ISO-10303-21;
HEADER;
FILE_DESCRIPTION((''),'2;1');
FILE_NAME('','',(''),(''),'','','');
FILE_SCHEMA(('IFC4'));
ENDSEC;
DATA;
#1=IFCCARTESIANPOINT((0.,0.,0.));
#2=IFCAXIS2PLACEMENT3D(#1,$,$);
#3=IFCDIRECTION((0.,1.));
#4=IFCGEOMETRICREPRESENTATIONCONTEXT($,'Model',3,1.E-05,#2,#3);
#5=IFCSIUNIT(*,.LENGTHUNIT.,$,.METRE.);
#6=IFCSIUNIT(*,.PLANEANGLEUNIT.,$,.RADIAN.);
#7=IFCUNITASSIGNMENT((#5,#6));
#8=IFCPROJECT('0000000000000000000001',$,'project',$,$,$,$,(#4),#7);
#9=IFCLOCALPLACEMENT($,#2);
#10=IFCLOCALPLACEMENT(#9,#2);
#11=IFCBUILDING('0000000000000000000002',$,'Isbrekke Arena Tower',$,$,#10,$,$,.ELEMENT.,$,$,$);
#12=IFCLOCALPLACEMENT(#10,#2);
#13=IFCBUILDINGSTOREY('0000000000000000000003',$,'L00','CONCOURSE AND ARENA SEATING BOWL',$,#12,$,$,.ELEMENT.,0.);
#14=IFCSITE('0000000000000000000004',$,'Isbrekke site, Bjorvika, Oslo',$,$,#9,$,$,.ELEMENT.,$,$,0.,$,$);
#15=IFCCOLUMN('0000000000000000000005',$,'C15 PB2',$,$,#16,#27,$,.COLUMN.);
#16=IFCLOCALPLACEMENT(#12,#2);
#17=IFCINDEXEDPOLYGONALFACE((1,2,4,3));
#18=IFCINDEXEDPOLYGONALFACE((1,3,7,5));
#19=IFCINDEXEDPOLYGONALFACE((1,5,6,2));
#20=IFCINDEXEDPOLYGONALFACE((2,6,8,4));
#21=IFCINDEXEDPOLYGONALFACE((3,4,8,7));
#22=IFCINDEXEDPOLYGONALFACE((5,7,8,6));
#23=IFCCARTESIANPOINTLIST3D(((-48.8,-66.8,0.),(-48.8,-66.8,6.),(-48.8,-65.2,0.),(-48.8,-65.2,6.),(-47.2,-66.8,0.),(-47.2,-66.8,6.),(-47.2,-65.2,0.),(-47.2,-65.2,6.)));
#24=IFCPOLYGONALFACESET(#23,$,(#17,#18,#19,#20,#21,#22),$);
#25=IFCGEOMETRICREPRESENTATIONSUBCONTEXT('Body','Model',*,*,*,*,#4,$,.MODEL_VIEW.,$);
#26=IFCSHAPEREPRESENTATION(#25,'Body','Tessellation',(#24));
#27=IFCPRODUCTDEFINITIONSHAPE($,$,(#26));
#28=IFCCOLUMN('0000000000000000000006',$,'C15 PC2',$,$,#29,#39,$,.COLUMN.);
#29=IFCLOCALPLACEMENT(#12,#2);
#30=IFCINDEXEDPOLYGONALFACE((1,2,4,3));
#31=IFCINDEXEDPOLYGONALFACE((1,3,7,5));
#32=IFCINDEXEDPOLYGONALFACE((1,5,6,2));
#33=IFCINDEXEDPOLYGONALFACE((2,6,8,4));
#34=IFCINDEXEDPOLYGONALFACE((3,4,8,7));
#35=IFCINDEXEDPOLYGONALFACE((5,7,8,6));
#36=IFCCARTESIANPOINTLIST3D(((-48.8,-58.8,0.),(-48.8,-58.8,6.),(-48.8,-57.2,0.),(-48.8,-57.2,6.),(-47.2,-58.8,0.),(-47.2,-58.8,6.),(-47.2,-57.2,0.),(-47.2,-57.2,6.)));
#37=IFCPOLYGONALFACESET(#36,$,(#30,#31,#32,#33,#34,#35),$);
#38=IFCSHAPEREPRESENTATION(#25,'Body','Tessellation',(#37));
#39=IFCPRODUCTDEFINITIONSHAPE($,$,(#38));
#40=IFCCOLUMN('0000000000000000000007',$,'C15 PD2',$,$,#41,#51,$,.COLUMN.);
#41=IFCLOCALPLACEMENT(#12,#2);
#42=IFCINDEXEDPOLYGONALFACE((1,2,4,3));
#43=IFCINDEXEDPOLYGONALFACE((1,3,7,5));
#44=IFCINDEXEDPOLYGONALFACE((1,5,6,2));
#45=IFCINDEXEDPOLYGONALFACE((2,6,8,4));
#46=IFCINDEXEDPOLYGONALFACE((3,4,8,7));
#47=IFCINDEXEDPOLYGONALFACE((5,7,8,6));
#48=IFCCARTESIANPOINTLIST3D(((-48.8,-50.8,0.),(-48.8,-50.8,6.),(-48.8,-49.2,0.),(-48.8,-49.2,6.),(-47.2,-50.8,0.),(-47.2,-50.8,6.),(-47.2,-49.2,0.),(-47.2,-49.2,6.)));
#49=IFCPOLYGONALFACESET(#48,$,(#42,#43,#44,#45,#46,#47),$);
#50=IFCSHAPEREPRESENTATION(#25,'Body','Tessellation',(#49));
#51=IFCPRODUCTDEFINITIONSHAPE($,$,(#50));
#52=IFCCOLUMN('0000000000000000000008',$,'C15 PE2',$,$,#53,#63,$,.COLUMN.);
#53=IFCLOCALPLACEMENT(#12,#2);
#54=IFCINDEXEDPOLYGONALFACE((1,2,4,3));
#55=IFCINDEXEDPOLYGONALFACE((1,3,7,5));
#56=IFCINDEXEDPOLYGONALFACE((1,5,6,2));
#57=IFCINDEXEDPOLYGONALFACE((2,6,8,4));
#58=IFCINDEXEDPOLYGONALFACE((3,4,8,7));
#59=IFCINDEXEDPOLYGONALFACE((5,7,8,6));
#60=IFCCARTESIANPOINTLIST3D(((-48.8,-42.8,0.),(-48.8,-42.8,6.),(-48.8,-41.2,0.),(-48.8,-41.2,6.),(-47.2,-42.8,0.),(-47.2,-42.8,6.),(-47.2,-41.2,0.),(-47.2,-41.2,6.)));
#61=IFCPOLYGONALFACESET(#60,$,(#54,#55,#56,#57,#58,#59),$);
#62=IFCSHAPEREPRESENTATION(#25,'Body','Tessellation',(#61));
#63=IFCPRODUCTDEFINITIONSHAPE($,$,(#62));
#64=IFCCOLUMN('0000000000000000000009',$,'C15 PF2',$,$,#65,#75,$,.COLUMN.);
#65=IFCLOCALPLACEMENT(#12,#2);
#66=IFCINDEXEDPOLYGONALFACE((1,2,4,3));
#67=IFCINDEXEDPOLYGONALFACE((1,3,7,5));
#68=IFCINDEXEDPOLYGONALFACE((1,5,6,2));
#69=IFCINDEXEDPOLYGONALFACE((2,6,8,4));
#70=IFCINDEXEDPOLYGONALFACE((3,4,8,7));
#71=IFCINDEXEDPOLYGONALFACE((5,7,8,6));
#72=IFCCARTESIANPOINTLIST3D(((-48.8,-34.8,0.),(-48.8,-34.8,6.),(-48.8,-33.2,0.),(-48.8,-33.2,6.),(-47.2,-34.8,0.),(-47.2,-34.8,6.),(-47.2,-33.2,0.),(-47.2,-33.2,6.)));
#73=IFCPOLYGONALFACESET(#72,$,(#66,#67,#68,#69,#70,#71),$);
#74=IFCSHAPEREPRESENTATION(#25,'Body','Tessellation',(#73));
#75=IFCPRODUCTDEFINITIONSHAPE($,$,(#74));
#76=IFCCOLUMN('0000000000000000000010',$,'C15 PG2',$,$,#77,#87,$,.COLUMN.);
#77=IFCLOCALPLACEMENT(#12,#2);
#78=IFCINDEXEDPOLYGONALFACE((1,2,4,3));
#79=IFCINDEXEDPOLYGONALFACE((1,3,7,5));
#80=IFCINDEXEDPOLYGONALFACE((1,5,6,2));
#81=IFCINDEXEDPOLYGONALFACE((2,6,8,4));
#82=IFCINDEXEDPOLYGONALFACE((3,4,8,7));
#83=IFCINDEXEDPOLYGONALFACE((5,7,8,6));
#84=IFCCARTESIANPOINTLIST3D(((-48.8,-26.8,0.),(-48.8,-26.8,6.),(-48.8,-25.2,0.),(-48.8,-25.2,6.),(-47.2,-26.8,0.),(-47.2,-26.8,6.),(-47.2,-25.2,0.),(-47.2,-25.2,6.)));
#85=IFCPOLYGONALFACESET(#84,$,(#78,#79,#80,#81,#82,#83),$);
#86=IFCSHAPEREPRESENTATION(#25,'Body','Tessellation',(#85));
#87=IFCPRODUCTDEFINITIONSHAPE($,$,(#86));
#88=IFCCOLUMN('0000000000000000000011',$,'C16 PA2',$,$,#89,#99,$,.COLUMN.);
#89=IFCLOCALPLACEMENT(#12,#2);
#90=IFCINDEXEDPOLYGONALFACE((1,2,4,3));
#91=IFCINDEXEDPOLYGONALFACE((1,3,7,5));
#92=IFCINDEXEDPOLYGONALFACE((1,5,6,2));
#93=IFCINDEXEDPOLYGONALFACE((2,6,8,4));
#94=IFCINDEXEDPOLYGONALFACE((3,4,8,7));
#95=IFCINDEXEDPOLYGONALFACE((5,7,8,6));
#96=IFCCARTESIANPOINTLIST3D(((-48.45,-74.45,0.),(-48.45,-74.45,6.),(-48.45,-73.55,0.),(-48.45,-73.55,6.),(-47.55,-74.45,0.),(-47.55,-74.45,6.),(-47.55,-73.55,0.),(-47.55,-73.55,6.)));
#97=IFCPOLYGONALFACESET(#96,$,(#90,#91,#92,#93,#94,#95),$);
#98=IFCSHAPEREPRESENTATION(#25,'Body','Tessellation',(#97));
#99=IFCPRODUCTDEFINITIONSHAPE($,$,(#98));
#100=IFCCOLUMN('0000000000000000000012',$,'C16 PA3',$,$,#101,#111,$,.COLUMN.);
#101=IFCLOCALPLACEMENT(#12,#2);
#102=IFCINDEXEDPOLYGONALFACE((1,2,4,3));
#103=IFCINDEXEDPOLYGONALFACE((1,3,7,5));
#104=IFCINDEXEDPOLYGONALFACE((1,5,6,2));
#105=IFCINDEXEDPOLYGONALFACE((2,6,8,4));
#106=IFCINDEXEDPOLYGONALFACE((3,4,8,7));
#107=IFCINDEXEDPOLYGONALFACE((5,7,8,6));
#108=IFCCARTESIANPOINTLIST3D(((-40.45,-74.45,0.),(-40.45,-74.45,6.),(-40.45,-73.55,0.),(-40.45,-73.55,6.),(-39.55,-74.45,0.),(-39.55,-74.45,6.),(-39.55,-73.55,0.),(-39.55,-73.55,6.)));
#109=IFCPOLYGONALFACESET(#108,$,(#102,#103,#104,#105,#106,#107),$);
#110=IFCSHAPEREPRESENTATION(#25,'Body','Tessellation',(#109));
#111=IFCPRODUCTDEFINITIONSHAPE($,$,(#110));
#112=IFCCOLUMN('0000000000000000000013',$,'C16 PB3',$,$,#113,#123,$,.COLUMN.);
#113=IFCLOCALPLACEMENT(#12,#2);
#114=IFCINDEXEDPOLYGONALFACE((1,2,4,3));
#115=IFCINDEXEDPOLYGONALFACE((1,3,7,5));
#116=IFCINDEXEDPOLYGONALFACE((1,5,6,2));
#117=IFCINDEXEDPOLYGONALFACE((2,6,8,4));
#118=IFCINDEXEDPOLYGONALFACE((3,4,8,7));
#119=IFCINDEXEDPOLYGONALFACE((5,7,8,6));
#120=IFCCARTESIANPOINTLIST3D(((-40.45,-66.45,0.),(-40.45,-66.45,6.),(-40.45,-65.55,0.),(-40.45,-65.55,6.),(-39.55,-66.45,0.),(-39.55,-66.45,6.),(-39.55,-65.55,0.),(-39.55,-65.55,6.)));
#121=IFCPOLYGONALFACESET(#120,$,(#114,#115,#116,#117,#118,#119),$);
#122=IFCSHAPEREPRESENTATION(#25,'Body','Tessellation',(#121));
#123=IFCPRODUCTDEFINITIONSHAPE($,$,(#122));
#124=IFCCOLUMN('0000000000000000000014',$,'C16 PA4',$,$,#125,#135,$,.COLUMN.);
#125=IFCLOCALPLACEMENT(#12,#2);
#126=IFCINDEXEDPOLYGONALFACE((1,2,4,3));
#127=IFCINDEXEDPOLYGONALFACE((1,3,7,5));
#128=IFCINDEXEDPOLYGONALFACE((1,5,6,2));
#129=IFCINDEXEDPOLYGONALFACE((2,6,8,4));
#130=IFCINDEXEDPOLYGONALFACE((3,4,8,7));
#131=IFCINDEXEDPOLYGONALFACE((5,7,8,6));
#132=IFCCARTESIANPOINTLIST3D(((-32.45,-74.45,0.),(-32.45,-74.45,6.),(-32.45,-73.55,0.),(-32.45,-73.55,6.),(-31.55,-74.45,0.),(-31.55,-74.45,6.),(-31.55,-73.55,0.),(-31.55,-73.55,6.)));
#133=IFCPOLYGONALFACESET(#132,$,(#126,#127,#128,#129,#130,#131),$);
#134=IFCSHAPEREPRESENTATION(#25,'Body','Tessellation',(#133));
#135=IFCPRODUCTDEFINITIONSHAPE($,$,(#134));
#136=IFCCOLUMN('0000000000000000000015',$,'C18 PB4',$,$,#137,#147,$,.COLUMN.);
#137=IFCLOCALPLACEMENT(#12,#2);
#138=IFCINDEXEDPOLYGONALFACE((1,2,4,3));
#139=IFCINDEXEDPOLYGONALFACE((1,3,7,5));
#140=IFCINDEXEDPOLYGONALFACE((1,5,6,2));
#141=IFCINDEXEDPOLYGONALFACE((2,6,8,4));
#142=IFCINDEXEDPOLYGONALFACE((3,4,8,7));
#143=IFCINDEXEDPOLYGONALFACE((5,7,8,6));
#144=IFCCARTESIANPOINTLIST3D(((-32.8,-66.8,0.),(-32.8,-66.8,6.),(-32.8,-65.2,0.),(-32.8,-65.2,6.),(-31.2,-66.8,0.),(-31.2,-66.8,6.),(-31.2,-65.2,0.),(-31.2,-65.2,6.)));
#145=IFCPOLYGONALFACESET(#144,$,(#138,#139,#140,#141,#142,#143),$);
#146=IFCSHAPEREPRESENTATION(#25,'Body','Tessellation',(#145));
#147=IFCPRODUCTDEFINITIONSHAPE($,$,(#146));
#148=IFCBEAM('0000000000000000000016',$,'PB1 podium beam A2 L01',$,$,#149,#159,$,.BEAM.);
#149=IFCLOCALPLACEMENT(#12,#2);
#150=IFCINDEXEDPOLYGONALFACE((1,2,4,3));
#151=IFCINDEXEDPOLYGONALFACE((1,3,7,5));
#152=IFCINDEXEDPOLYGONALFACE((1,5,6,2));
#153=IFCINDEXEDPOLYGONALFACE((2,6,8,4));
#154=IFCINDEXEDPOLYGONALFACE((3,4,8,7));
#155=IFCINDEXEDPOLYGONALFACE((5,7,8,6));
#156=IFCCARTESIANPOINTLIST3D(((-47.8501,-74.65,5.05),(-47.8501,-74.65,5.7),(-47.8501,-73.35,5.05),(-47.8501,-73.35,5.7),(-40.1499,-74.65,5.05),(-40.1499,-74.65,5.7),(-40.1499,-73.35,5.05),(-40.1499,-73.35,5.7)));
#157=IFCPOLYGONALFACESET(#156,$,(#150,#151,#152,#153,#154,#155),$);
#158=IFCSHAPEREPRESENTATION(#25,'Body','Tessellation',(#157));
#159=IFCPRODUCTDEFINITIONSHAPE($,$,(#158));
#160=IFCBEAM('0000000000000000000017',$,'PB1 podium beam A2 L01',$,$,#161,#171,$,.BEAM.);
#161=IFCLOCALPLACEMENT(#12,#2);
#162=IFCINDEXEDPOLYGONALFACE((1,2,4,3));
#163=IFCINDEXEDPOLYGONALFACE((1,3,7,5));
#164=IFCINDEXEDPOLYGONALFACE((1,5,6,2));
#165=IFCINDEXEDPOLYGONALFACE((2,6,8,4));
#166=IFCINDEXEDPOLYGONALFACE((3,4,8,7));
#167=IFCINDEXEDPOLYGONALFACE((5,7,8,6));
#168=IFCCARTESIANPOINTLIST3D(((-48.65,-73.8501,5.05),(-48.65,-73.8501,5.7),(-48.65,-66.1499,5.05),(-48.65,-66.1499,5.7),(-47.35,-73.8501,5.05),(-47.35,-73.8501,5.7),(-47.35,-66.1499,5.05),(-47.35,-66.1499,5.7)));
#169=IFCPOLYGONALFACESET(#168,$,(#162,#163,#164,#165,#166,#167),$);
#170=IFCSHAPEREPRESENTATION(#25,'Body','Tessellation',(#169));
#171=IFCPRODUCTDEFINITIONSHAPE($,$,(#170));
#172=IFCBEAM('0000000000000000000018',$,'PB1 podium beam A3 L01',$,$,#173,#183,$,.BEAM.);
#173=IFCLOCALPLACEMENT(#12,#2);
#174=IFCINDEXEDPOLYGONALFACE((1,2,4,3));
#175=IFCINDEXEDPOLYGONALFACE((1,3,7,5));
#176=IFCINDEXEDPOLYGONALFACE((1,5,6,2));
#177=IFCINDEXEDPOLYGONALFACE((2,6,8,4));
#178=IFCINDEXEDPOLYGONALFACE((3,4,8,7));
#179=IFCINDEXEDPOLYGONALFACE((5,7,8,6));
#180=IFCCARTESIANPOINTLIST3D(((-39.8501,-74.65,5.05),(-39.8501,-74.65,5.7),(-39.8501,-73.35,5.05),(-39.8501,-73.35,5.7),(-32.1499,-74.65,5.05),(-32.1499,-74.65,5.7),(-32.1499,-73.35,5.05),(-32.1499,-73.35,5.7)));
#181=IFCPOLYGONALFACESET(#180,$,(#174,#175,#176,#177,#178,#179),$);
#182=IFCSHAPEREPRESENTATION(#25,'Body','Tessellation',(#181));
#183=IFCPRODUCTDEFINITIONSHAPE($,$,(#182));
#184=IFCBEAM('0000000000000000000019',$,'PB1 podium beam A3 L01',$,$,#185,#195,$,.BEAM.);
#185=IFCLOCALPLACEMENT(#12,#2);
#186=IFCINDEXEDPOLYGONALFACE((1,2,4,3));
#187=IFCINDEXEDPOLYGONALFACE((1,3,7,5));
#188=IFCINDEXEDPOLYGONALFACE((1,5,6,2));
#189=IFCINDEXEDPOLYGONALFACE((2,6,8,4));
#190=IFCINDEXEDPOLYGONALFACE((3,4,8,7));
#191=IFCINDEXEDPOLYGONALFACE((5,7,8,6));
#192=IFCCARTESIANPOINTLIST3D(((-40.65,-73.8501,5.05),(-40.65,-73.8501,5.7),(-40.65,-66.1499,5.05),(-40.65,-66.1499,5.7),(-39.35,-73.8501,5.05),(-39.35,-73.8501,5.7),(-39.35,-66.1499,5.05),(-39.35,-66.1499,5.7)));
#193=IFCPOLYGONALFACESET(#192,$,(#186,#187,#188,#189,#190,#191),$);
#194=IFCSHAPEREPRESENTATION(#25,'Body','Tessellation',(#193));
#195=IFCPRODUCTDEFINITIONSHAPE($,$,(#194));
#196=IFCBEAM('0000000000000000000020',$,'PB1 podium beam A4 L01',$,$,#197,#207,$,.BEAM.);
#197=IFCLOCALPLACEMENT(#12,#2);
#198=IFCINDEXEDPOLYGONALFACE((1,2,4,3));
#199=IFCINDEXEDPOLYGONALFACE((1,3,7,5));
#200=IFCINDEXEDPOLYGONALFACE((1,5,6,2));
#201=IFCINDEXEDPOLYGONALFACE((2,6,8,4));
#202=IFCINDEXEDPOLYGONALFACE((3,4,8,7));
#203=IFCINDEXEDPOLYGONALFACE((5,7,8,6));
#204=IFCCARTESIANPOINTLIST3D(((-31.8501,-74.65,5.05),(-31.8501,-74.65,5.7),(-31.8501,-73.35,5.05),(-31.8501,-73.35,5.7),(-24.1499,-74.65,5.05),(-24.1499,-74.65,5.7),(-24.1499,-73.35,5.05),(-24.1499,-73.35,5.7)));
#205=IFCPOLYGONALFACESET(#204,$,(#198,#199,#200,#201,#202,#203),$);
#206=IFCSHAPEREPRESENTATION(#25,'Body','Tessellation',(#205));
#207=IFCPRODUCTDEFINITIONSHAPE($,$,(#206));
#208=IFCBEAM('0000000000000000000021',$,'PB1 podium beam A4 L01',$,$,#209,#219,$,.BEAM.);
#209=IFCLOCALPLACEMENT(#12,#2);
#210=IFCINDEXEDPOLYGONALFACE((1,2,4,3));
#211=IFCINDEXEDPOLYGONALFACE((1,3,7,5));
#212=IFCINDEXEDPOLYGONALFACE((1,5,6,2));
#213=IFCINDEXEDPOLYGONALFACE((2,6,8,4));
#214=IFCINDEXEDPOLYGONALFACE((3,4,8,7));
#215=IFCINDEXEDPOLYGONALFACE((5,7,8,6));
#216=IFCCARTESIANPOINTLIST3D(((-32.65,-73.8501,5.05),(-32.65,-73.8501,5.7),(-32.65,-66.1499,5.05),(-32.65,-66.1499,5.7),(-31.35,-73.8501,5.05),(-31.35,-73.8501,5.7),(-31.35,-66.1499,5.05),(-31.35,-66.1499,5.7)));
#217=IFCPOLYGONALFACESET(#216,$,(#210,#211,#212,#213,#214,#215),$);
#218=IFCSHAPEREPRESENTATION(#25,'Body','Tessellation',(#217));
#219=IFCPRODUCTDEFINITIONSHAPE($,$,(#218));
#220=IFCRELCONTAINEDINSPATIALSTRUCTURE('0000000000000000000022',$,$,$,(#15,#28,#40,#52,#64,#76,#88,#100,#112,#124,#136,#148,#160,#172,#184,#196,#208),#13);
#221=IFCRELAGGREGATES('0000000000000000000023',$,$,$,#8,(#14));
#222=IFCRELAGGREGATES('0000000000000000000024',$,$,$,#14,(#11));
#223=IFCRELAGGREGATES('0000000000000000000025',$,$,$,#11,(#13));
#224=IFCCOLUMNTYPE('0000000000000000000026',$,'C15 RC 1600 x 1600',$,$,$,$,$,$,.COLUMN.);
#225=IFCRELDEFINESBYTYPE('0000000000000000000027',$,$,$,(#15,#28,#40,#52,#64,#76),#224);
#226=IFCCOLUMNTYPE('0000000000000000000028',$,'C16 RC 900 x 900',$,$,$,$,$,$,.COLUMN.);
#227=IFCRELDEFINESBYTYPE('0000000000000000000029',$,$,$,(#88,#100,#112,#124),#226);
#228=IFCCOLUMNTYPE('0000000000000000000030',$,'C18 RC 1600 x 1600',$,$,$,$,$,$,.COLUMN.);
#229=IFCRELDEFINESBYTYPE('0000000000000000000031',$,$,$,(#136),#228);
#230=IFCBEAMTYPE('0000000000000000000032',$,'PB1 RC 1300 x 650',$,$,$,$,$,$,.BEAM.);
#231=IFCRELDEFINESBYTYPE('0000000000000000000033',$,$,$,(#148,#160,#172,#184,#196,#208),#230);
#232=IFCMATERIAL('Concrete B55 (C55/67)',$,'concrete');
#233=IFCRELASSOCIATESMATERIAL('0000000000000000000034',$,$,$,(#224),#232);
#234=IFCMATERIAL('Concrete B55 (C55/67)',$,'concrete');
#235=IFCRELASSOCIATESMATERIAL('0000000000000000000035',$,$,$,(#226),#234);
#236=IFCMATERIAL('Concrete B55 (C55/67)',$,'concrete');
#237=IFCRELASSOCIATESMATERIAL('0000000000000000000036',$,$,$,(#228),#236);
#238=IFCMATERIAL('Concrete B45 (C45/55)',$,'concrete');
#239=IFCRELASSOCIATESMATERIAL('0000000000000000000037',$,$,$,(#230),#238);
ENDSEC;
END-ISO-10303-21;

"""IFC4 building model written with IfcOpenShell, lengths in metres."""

from ifc_helpers import new_model, si_unit, direction, frame, origin, origin_2d, place, context, subcontext, project, spatial, rectangle, extrude, material, material_profile, profile_set, type_object, element, save


model = new_model("IFC4")

# Units and contexts
model_context = context("Model", 3, precision=1e-05, world=origin(), true_north=direction((0.0, 1.0)))
body_context = subcontext(model_context, "Body", "Model", "MODEL_VIEW")
ifc_project = project(units=[si_unit("LENGTHUNIT", "METRE"), si_unit("PLANEANGLEUNIT", "RADIAN")], contexts=[model_context])

# Site, building, storey
site_placement = place(None, origin())
site = spatial("IfcSite", under=ifc_project, at=site_placement, Name="Isbrekke site, Bjorvika, Oslo", CompositionType="ELEMENT", RefElevation=0.0)
building_placement = place(site_placement, origin())
building = spatial("IfcBuilding", under=site, at=building_placement, Name="Isbrekke Arena Tower", CompositionType="ELEMENT")
storey_placement = place(building_placement, origin())
storey = spatial("IfcBuildingStorey", under=building, at=storey_placement, Name="L00", Description="CONCOURSE AND ARENA SEATING BOWL", CompositionType="ELEMENT", Elevation=0.0)

# Columns
ifc_material_1 = material(Name="Concrete B55 (C55/67)", Category="concrete")
ifc_material_profile_1 = material_profile(ifc_material_1, rectangle(XDim=1.6001, YDim=1.6001, at=origin_2d()), Name="RC 1600x1600")
ifc_profile_set_1 = profile_set([ifc_material_profile_1], Name="Concrete B55 (C55/67)")
column_type_1 = type_object("IfcColumnType", Name="C15 RC 1600 x 1600", PredefinedType="COLUMN", material=ifc_profile_set_1)
for number, where, z_axis, x_axis, name in (
    (1, (-48.0, -66.0, 0.0), (0.0, 0.0, 1.0), (1.0, 0.0, 0.0), "C15 PB2"),
    (2, (-48.0, -58.0, 0.0), (0.0, 0.0, 1.0), (1.0, 0.0, 0.0), "C15 PC2"),
    (3, (-48.0, -50.0, 0.0), (0.0, 0.0, 1.0), (1.0, 0.0, 0.0), "C15 PD2"),
    (4, (-48.0, -42.0, 0.0), (0.0, 0.0, 1.0), (1.0, 0.0, 0.0), "C15 PE2"),
    (5, (-48.0, -34.0, 0.0), (0.0, 0.0, 1.0), (1.0, 0.0, 0.0), "C15 PF2"),
    (6, (-48.0, -26.0, 0.0), (0.0, 0.0, 1.0), (1.0, 0.0, 0.0), "C15 PG2"),
):
    element("IfcColumn", number, at=place(storey_placement, frame(where, z_axis=z_axis, x_axis=x_axis)), inside=storey, type_object=column_type_1, Name=name, PredefinedType="COLUMN", context=body_context, shape_type="SweptSolid", body=[
        extrude(rectangle(XDim=1.6001, YDim=1.6001, at=origin_2d()), origin(), (0.0, 0.0, 1.0), 6.0),
    ])
ifc_material_2 = material(Name="Concrete B55 (C55/67)", Category="concrete")
ifc_material_profile_2 = material_profile(ifc_material_2, rectangle(XDim=0.8999, YDim=0.8999, at=origin_2d()), Name="RC 900x900")
ifc_profile_set_2 = profile_set([ifc_material_profile_2], Name="Concrete B55 (C55/67)")
column_type_2 = type_object("IfcColumnType", Name="C16 RC 900 x 900", PredefinedType="COLUMN", material=ifc_profile_set_2)
for number, where, z_axis, x_axis, name in (
    (7, (-48.0, -74.0, 0.0), (0.0, 0.0, 1.0), (1.0, 0.0, 0.0), "C16 PA2"),
    (8, (-40.0, -74.0, 0.0), (0.0, 0.0, 1.0), (1.0, 0.0, 0.0), "C16 PA3"),
    (9, (-40.0, -66.0, 0.0), (0.0, 0.0, 1.0), (1.0, 0.0, 0.0), "C16 PB3"),
    (10, (-32.0, -74.0, 0.0), (0.0, 0.0, 1.0), (1.0, 0.0, 0.0), "C16 PA4"),
):
    element("IfcColumn", number, at=place(storey_placement, frame(where, z_axis=z_axis, x_axis=x_axis)), inside=storey, type_object=column_type_2, Name=name, PredefinedType="COLUMN", context=body_context, shape_type="SweptSolid", body=[
        extrude(rectangle(XDim=0.8999, YDim=0.8999, at=origin_2d()), origin(), (0.0, 0.0, 1.0), 6.0),
    ])
ifc_material_3 = material(Name="Concrete B55 (C55/67)", Category="concrete")
ifc_material_profile_3 = material_profile(ifc_material_3, rectangle(XDim=1.6001, YDim=1.6001, at=origin_2d()), Name="RC 1600x1600")
ifc_profile_set_3 = profile_set([ifc_material_profile_3], Name="Concrete B55 (C55/67)")
column_type_3 = type_object("IfcColumnType", Name="C18 RC 1600 x 1600", PredefinedType="COLUMN", material=ifc_profile_set_3)
column_placement = place(storey_placement, frame((-32.0, -66.0, 0.0), z_axis=(0.0, 0.0, 1.0), x_axis=(1.0, 0.0, 0.0)))
element("IfcColumn", 11, at=column_placement, inside=storey, type_object=column_type_3, Name="C18 PB4", PredefinedType="COLUMN", context=body_context, shape_type="SweptSolid", body=[
    extrude(rectangle(XDim=1.6001, YDim=1.6001, at=origin_2d()), origin(), (0.0, 0.0, 1.0), 6.0),
])

# Beams
ifc_material_4 = material(Name="Concrete B45 (C45/55)", Category="concrete")
ifc_material_profile_4 = material_profile(ifc_material_4, rectangle(XDim=1.3, YDim=0.6499, at=origin_2d()), Name="RC 1300x650")
ifc_profile_set_4 = profile_set([ifc_material_profile_4], Name="Concrete B45 (C45/55)")
beam_type = type_object("IfcBeamType", Name="PB1 RC 1300 x 650", PredefinedType="BEAM", material=ifc_profile_set_4)
for number, where, z_axis, x_axis, name in (
    (12, (-47.8501, -74.0, 5.375), (1.0, 0.0, 0.0), (0.0, 1.0, 0.0), "PB1 podium beam A2 L01"),
    (13, (-48.0, -73.8501, 5.375), (0.0, 1.0, 0.0), (-1.0, 0.0, 0.0), "PB1 podium beam A2 L01"),
    (14, (-39.8501, -74.0, 5.375), (1.0, 0.0, 0.0), (0.0, 1.0, 0.0), "PB1 podium beam A3 L01"),
    (15, (-40.0, -73.8501, 5.375), (0.0, 1.0, 0.0), (-1.0, 0.0, 0.0), "PB1 podium beam A3 L01"),
    (16, (-31.8501, -74.0, 5.375), (1.0, 0.0, 0.0), (0.0, 1.0, 0.0), "PB1 podium beam A4 L01"),
    (17, (-32.0, -73.8501, 5.375), (0.0, 1.0, 0.0), (-1.0, 0.0, 0.0), "PB1 podium beam A4 L01"),
):
    element("IfcBeam", number, at=place(storey_placement, frame(where, z_axis=z_axis, x_axis=x_axis)), inside=storey, type_object=beam_type, Name=name, PredefinedType="BEAM", context=body_context, shape_type="SweptSolid", body=[
        extrude(rectangle(XDim=1.3, YDim=0.6499, at=origin_2d()), origin(), (0.0, 0.0, 1.0), 7.7002),
    ])

save(model, "model.ifc")
